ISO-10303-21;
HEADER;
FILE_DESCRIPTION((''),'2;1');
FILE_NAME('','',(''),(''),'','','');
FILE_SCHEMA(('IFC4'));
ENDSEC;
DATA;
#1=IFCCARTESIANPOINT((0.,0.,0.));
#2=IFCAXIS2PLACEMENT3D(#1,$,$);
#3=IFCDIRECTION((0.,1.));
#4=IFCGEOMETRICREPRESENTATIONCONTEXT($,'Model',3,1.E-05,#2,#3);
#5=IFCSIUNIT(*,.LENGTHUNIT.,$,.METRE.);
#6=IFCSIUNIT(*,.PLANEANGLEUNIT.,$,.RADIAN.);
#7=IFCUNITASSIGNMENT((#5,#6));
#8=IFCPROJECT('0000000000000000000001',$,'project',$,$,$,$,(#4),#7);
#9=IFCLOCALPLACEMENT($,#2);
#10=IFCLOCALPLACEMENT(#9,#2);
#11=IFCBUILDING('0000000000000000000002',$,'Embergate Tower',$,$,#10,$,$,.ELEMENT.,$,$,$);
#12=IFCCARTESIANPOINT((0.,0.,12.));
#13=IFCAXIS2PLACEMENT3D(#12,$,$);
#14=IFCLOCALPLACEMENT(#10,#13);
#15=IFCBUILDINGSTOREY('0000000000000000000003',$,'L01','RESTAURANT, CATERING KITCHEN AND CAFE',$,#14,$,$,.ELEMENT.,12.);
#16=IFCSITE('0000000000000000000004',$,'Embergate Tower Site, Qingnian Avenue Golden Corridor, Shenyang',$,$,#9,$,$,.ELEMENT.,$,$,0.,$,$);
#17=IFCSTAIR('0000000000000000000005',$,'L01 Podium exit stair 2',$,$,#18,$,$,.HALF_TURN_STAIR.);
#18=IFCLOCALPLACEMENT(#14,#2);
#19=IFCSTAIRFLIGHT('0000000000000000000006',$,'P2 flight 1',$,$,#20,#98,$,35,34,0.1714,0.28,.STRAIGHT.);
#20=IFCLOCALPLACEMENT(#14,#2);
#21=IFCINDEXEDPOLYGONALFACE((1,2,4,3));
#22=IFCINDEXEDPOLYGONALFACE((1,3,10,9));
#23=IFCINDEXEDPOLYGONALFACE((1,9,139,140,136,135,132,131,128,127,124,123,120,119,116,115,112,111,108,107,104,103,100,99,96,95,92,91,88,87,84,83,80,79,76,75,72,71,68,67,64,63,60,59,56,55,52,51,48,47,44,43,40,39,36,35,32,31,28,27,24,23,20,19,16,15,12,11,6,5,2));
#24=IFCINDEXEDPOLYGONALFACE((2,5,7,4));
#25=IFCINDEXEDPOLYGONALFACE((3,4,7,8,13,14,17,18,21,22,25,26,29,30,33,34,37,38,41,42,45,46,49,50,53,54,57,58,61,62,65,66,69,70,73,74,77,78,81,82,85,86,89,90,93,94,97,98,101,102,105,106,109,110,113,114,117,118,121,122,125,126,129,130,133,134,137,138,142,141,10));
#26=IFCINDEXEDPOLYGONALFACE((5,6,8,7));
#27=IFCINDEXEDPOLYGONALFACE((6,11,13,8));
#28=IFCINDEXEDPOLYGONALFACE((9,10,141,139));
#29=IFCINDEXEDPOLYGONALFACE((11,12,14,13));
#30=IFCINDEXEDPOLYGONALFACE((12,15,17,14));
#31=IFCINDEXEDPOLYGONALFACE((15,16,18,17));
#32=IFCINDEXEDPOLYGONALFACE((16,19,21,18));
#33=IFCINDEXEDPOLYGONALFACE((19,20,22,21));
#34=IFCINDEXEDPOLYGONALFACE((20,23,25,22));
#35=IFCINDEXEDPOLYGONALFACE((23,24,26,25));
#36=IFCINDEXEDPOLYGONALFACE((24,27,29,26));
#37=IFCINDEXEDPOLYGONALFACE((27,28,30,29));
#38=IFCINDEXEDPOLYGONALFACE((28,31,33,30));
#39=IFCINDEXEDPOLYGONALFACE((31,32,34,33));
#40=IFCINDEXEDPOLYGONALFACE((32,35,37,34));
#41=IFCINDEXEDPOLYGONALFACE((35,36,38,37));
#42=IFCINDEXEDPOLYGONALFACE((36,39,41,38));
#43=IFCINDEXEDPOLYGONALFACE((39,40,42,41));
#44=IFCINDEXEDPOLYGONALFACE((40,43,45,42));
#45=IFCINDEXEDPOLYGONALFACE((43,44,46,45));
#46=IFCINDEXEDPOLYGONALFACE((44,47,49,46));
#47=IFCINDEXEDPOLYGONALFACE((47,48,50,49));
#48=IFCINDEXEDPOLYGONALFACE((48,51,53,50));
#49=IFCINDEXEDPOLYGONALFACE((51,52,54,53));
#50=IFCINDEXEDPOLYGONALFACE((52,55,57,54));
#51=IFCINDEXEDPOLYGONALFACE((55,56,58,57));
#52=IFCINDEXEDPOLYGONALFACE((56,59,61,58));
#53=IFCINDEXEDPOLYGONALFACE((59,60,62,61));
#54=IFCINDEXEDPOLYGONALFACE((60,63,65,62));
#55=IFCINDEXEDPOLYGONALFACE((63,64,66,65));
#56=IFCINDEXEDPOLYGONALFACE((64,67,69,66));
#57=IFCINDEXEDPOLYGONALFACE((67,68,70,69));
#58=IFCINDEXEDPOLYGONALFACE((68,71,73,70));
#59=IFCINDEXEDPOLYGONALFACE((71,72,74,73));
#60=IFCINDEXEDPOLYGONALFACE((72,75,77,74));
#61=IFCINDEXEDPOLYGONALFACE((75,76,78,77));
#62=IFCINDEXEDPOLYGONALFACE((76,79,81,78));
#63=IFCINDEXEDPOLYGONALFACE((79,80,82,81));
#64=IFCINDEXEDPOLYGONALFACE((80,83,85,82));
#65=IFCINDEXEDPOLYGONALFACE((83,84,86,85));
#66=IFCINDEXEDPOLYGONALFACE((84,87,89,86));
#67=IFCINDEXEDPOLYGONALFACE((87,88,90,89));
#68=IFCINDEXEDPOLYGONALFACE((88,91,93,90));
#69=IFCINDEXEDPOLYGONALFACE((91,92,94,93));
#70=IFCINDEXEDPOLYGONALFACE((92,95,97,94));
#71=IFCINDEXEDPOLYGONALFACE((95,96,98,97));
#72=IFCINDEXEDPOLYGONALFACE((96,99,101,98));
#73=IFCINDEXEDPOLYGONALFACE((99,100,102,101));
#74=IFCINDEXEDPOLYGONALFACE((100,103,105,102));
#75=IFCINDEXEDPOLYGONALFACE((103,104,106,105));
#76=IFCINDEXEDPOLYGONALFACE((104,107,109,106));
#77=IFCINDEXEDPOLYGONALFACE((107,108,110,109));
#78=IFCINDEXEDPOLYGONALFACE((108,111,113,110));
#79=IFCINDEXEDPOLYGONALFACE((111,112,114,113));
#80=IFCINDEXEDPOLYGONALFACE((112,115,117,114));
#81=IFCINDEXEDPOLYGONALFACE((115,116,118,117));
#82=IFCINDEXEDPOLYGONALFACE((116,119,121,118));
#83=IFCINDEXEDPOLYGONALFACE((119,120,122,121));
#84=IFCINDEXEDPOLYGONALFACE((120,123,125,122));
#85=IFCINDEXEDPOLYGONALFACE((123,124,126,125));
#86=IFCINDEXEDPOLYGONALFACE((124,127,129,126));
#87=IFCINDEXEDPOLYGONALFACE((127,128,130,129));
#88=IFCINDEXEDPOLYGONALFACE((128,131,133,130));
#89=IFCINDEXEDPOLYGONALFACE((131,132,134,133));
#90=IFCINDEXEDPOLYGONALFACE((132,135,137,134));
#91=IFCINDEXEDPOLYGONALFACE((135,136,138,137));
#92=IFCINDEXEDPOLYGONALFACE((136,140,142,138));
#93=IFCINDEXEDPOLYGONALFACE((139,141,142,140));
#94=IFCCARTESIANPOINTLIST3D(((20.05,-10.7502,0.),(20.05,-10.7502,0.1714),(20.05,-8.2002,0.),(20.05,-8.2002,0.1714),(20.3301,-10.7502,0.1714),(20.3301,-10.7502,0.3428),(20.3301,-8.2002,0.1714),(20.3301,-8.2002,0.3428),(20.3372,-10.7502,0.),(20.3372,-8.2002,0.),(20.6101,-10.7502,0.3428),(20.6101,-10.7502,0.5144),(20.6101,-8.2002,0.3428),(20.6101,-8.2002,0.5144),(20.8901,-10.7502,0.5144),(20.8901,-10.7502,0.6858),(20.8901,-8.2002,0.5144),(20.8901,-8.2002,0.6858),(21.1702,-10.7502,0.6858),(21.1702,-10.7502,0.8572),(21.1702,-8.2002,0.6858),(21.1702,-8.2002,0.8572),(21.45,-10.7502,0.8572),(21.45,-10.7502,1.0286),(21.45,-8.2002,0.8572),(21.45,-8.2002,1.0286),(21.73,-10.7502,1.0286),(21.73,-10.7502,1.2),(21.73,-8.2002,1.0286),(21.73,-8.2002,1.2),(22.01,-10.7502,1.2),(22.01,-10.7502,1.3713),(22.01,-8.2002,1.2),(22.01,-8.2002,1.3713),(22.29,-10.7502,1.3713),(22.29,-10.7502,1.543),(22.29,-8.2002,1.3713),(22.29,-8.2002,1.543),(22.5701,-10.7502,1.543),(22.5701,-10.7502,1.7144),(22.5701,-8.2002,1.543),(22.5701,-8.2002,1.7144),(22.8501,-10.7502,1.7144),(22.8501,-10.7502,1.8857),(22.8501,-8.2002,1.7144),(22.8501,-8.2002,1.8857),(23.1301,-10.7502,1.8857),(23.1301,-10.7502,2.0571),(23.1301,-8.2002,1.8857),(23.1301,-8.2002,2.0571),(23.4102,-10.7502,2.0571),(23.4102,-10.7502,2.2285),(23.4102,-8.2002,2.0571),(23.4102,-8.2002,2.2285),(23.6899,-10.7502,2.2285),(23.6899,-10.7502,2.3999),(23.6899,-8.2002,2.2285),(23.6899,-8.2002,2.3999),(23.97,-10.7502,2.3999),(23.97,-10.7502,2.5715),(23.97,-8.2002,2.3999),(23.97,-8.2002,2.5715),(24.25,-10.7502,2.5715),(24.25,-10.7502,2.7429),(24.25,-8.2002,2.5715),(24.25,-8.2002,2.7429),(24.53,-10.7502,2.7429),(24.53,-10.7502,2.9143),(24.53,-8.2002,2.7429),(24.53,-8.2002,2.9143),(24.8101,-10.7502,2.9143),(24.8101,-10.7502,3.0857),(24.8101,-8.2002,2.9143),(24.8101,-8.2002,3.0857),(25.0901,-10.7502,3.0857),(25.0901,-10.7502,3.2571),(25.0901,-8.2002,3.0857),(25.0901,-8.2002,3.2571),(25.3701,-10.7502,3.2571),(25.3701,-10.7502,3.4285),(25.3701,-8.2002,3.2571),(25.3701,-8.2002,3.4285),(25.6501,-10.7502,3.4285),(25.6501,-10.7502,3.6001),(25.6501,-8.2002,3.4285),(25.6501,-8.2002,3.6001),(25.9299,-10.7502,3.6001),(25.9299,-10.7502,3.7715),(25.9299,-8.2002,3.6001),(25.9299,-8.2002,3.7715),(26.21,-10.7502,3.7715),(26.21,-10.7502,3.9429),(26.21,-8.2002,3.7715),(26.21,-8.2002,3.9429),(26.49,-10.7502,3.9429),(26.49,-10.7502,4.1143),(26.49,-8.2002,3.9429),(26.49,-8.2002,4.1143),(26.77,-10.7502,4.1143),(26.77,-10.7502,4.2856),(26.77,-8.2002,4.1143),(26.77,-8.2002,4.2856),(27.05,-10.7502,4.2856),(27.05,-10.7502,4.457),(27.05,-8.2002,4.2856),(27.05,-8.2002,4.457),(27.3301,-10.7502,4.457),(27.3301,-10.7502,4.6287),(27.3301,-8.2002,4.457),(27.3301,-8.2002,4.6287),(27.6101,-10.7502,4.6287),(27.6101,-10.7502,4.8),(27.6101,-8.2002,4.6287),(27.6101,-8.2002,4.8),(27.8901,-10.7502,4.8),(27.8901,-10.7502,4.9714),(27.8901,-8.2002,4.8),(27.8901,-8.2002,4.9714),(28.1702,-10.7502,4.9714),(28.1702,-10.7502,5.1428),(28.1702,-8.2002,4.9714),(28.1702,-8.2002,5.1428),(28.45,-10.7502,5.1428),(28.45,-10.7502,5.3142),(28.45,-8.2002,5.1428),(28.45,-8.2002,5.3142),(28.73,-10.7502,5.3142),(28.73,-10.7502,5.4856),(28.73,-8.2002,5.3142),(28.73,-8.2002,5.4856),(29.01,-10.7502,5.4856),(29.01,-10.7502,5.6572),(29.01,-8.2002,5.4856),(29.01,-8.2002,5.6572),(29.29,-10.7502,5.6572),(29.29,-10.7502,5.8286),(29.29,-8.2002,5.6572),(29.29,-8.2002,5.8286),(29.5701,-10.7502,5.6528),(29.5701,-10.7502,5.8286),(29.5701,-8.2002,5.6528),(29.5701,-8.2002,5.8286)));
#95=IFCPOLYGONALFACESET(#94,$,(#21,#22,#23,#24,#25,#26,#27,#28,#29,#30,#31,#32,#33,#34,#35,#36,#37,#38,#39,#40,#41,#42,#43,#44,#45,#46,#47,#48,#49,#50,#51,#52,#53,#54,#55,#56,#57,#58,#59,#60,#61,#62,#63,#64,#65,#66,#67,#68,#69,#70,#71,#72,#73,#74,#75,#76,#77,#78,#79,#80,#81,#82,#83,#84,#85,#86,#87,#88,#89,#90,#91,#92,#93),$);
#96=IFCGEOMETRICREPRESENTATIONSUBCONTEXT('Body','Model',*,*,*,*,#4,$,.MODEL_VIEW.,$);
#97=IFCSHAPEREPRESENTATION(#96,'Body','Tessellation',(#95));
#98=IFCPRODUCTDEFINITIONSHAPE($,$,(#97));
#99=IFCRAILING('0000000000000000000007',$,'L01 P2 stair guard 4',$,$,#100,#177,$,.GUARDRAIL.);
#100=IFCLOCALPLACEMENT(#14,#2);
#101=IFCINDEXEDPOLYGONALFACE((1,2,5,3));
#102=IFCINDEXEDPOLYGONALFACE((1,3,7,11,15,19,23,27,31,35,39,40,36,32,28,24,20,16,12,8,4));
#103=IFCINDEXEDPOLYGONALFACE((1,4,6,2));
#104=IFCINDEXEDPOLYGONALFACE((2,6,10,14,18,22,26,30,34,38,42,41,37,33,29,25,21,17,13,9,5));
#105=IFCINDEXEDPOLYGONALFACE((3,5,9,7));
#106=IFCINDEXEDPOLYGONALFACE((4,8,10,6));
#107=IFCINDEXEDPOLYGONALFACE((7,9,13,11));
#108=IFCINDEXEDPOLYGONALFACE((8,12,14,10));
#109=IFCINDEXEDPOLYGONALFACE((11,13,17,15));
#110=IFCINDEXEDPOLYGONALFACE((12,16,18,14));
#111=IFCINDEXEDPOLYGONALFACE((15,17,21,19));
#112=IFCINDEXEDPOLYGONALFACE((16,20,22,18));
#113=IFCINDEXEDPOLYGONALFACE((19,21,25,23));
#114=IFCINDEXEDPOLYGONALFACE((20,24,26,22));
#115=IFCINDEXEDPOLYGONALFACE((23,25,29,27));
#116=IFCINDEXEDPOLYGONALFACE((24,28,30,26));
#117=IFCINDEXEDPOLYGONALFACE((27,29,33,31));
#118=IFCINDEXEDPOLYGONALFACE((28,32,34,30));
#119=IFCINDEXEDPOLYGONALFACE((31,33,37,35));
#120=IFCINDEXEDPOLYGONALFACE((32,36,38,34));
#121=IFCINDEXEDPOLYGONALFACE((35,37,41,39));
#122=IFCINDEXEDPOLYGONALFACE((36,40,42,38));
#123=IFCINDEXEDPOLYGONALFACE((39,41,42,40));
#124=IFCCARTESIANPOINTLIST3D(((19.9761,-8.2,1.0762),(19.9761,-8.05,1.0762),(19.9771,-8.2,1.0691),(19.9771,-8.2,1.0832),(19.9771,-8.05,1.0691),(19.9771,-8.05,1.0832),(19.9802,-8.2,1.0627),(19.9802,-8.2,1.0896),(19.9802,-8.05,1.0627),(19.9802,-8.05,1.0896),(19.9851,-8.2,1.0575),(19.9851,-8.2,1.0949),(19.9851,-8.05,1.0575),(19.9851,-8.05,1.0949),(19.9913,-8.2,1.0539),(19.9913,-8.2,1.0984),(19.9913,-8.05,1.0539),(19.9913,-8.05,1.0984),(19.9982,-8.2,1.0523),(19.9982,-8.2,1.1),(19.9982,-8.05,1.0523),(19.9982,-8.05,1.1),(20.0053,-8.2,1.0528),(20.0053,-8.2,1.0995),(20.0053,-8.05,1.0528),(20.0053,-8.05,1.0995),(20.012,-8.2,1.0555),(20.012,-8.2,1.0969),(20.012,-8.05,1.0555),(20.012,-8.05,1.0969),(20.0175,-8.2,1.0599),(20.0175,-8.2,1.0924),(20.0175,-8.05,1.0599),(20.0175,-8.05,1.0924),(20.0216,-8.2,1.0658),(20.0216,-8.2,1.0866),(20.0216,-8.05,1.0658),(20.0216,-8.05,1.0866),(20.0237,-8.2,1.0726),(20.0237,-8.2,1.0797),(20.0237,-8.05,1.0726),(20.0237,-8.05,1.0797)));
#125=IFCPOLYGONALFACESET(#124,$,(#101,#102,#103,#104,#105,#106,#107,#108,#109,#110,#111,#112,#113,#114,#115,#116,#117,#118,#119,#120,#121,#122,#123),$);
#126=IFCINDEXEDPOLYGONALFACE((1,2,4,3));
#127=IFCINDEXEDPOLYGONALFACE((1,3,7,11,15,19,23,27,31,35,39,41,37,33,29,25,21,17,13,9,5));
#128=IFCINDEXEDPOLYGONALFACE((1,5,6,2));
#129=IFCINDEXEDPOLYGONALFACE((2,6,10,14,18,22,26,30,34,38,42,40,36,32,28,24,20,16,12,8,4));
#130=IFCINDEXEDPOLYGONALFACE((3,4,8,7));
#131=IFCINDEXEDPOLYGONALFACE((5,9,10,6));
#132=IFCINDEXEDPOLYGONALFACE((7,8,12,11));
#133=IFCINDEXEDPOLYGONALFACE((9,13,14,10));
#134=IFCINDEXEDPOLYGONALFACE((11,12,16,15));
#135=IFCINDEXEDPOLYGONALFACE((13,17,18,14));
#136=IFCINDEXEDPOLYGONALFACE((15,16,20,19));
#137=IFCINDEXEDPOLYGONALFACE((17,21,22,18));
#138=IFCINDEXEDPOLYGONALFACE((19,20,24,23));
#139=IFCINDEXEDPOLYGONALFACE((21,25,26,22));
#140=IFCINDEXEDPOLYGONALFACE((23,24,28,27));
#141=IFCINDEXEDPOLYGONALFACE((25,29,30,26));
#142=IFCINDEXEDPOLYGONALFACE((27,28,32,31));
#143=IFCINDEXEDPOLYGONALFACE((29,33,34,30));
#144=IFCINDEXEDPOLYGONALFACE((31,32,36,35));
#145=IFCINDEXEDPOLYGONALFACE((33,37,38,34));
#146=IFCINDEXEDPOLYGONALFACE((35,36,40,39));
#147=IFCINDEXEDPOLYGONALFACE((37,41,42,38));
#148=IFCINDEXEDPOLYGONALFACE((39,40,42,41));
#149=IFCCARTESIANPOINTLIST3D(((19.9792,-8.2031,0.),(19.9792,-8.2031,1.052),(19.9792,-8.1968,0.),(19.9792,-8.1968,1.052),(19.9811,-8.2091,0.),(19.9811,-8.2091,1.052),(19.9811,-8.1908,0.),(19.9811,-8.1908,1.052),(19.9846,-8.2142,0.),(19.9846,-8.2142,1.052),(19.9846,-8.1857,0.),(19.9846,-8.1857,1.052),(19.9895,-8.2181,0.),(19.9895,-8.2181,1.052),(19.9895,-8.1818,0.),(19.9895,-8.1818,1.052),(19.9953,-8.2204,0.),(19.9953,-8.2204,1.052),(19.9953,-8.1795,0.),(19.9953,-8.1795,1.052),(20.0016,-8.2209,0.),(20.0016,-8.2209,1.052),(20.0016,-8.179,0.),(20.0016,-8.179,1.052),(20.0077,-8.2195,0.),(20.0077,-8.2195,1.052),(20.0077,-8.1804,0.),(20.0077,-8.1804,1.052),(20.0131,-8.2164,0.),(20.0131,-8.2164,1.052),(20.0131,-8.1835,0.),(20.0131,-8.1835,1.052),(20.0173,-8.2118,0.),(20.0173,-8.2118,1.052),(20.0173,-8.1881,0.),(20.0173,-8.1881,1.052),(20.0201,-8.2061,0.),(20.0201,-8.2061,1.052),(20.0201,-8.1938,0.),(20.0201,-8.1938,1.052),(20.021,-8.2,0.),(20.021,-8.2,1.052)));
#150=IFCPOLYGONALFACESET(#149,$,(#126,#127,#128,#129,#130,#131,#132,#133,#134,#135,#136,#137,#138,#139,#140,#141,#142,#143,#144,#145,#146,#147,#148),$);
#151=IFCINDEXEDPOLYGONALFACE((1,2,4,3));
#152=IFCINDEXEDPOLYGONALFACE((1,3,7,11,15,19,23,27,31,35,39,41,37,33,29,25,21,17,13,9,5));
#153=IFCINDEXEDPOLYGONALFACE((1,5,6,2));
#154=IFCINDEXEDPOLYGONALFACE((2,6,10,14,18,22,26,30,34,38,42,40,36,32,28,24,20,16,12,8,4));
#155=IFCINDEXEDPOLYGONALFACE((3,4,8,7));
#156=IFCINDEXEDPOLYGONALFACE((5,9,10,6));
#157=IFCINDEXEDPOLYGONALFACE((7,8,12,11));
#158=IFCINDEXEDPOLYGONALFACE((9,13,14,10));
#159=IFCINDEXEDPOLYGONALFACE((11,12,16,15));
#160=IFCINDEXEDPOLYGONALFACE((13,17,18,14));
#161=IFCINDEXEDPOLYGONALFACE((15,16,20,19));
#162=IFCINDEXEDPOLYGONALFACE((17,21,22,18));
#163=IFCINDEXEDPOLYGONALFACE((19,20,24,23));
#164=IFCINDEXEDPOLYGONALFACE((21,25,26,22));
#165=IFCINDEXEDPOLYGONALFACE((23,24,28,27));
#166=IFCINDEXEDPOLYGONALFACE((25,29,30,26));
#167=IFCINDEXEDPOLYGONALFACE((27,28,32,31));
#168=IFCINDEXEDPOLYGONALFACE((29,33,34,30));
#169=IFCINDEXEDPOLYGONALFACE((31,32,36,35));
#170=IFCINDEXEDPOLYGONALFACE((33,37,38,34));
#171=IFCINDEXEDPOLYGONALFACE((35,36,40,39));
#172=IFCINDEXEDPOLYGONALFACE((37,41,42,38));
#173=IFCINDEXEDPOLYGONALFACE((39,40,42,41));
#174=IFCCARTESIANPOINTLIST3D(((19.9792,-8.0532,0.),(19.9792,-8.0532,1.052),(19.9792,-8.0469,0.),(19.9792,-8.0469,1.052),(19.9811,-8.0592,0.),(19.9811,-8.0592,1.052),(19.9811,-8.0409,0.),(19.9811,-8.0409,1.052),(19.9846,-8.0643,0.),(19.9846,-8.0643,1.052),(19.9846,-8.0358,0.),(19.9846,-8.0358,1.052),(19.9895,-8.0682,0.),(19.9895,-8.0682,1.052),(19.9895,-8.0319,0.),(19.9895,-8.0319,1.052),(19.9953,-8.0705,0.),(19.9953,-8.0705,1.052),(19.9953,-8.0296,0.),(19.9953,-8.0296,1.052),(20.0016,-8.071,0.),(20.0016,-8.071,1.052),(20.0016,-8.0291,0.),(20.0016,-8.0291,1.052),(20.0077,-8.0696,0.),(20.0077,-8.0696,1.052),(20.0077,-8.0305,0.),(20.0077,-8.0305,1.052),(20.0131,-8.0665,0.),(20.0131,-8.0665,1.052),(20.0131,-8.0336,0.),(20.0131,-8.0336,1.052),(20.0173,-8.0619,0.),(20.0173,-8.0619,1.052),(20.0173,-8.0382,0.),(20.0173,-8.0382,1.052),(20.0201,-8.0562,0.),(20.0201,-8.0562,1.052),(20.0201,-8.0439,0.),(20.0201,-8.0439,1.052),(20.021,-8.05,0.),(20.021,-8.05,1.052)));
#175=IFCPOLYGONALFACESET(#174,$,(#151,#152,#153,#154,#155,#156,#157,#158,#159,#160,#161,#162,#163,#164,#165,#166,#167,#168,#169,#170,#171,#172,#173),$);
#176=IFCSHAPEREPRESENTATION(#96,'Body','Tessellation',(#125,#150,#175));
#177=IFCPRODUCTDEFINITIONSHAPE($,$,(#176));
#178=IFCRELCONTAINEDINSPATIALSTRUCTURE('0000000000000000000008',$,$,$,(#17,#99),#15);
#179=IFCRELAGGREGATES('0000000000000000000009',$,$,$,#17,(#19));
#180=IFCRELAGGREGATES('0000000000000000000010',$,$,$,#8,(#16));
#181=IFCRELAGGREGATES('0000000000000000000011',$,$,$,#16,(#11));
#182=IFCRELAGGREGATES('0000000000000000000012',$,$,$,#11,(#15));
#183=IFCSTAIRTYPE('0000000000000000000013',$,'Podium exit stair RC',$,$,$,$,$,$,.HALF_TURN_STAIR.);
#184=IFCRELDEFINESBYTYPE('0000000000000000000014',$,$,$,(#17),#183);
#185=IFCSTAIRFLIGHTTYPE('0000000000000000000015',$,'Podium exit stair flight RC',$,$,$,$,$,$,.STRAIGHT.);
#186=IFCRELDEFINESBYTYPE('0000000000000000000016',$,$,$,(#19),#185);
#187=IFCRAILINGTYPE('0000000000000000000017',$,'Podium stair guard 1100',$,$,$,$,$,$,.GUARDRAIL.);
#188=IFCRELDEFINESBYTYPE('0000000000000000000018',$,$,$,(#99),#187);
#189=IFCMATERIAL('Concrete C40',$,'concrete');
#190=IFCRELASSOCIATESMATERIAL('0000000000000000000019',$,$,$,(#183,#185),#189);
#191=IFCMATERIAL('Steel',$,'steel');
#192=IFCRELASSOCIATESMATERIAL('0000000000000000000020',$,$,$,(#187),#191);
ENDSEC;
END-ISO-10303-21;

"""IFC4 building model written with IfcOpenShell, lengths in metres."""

from ifc_helpers import new_model, si_unit, direction, frame, origin, origin_2d, place, context, subcontext, project, spatial, polyline, circle, outline, extrude, source, transform, mapped, material, type_object, element, aggregate, save


model = new_model("IFC4")

# Units and contexts
model_context = context("Model", 3, precision=1e-05, world=origin(), true_north=direction((0.0, 1.0)))
body_context = subcontext(model_context, "Body", "Model", "MODEL_VIEW")
ifc_project = project(units=[si_unit("LENGTHUNIT", "METRE"), si_unit("PLANEANGLEUNIT", "RADIAN")], contexts=[model_context])

# Site, building, storey
site_placement = place(None, origin())
site = spatial("IfcSite", under=ifc_project, at=site_placement, Name="Embergate Tower Site, Qingnian Avenue Golden Corridor, Shenyang", CompositionType="ELEMENT", RefElevation=0.0)
building_placement = place(site_placement, origin())
building = spatial("IfcBuilding", under=site, at=building_placement, Name="Embergate Tower", CompositionType="ELEMENT")
storey_placement = place(building_placement, frame((0.0, 0.0, 12.0)))
storey = spatial("IfcBuildingStorey", under=building, at=storey_placement, Name="L01", Description="RESTAURANT, CATERING KITCHEN AND CAFE", CompositionType="ELEMENT", Elevation=12.0)

# Shared definitions
ifc_material_1 = material(Name="Concrete C40", Category="concrete")

# Stair, stair flight
stair_type = type_object("IfcStairType", Name="Podium exit stair RC", PredefinedType="HALF_TURN_STAIR", material=ifc_material_1)
stair_placement = place(storey_placement, origin())
stair = element("IfcStair", 1, at=stair_placement, inside=storey, type_object=stair_type, Name="L01 Podium exit stair 2", PredefinedType="HALF_TURN_STAIR")
stair_flight_type = type_object("IfcStairFlightType", Name="Podium exit stair flight RC", PredefinedType="STRAIGHT", material=ifc_material_1)
shared_shape_1 = source(origin(), body_context, "Body", "SweptSolid", [
    extrude(outline(polyline([(0.0, 0.0), (0.0, 0.1714), (0.28, 0.1714), (0.28, 0.3428), (0.5601, 0.3428), (0.5601, 0.5144), (0.8401, 0.5144), (0.8401, 0.6858), (1.1201, 0.6858), (1.1201, 0.8572), (1.3999, 0.8572), (1.3999, 1.0286), (1.6799, 1.0286), (1.6799, 1.2), (1.96, 1.2), (1.96, 1.3713), (2.24, 1.3713), (2.24, 1.543), (2.52, 1.543), (2.52, 1.7144), (2.8, 1.7144), (2.8, 1.8857), (3.0801, 1.8857), (3.0801, 2.0571), (3.3601, 2.0571), (3.3601, 2.2285), (3.6399, 2.2285), (3.6399, 2.3999), (3.9199, 2.3999), (3.9199, 2.5715), (4.2, 2.5715), (4.2, 2.7429), (4.48, 2.7429), (4.48, 2.9143), (4.76, 2.9143), (4.76, 3.0857), (5.04, 3.0857), (5.04, 3.2571), (5.3201, 3.2571), (5.3201, 3.4285), (5.6001, 3.4285), (5.6001, 3.6001), (5.8799, 3.6001), (5.8799, 3.7715), (6.1599, 3.7715), (6.1599, 3.9429), (6.4399, 3.9429), (6.4399, 4.1143), (6.72, 4.1143), (6.72, 4.2856), (7.0, 4.2856), (7.0, 4.457), (7.28, 4.457), (7.28, 4.6287), (7.5601, 4.6287), (7.5601, 4.8), (7.8401, 4.8), (7.8401, 4.9714), (8.1201, 4.9714), (8.1201, 5.1428), (8.3999, 5.1428), (8.3999, 5.3142), (8.6799, 5.3142), (8.6799, 5.4856), (8.96, 5.4856), (8.96, 5.6572), (9.24, 5.6572), (9.24, 5.8286), (9.52, 5.8286), (9.52, 6.0), (9.52, 5.6528), (0.2871, 0.0), (0.0, 0.0)])), frame((0.0, 1.2749, 0.0), z_axis=(0.0, -1.0, 0.0), x_axis=(1.0, 0.0, 0.0)), (0.0, 0.0, 1.0), 2.55),
])
stair_flight_placement = place(storey_placement, frame((20.05, -9.4751, 0.0), z_axis=(0.0, 0.0, 1.0), x_axis=(1.0, 0.0, 0.0)))
stair_flight = element("IfcStairFlight", 2, at=stair_flight_placement, type_object=stair_flight_type, Name="P2 flight 1", NumberOfRisers=35, NumberOfTreads=34, PredefinedType="STRAIGHT", RiserHeight=0.1714, TreadLength=0.28, context=body_context, shape_type="MappedRepresentation", body=[
    mapped(shared_shape_1, transform((0.0, 0.0, 0.0))),
])
aggregate(stair, [stair_flight])

# Railing
ifc_material_2 = material(Name="Steel", Category="steel")
railing_type_1 = type_object("IfcRailingType", Name="Podium stair guard 1100", PredefinedType="GUARDRAIL", material=ifc_material_2)
shared_shape_2 = source(origin(), body_context, "Body", "SweptSolid", [
    extrude(circle(Radius=0.0239, at=origin_2d()), frame((0.0, 0.0, 1.0762), z_axis=(0.0, 1.0, 0.0), x_axis=(-1.0, 0.0, 0.0)), (0.0, 0.0, 1.0), 0.1499),
    extrude(circle(Radius=0.021, at=origin_2d()), origin(), (0.0, 0.0, 1.0), 1.052),
    extrude(circle(Radius=0.021, at=origin_2d()), frame((0.0, 0.1499, 0.0)), (0.0, 0.0, 1.0), 1.052),
])
railing_1_placement = place(storey_placement, frame((20.0, -8.2, 0.0)))
element("IfcRailing", 3, at=railing_1_placement, inside=storey, type_object=railing_type_1, Name="L01 P2 stair guard 4", PredefinedType="GUARDRAIL", context=body_context, shape_type="MappedRepresentation", body=[
    mapped(shared_shape_2, transform((0.0, 0.0, 0.0))),
])

save(model, "model.ifc")
